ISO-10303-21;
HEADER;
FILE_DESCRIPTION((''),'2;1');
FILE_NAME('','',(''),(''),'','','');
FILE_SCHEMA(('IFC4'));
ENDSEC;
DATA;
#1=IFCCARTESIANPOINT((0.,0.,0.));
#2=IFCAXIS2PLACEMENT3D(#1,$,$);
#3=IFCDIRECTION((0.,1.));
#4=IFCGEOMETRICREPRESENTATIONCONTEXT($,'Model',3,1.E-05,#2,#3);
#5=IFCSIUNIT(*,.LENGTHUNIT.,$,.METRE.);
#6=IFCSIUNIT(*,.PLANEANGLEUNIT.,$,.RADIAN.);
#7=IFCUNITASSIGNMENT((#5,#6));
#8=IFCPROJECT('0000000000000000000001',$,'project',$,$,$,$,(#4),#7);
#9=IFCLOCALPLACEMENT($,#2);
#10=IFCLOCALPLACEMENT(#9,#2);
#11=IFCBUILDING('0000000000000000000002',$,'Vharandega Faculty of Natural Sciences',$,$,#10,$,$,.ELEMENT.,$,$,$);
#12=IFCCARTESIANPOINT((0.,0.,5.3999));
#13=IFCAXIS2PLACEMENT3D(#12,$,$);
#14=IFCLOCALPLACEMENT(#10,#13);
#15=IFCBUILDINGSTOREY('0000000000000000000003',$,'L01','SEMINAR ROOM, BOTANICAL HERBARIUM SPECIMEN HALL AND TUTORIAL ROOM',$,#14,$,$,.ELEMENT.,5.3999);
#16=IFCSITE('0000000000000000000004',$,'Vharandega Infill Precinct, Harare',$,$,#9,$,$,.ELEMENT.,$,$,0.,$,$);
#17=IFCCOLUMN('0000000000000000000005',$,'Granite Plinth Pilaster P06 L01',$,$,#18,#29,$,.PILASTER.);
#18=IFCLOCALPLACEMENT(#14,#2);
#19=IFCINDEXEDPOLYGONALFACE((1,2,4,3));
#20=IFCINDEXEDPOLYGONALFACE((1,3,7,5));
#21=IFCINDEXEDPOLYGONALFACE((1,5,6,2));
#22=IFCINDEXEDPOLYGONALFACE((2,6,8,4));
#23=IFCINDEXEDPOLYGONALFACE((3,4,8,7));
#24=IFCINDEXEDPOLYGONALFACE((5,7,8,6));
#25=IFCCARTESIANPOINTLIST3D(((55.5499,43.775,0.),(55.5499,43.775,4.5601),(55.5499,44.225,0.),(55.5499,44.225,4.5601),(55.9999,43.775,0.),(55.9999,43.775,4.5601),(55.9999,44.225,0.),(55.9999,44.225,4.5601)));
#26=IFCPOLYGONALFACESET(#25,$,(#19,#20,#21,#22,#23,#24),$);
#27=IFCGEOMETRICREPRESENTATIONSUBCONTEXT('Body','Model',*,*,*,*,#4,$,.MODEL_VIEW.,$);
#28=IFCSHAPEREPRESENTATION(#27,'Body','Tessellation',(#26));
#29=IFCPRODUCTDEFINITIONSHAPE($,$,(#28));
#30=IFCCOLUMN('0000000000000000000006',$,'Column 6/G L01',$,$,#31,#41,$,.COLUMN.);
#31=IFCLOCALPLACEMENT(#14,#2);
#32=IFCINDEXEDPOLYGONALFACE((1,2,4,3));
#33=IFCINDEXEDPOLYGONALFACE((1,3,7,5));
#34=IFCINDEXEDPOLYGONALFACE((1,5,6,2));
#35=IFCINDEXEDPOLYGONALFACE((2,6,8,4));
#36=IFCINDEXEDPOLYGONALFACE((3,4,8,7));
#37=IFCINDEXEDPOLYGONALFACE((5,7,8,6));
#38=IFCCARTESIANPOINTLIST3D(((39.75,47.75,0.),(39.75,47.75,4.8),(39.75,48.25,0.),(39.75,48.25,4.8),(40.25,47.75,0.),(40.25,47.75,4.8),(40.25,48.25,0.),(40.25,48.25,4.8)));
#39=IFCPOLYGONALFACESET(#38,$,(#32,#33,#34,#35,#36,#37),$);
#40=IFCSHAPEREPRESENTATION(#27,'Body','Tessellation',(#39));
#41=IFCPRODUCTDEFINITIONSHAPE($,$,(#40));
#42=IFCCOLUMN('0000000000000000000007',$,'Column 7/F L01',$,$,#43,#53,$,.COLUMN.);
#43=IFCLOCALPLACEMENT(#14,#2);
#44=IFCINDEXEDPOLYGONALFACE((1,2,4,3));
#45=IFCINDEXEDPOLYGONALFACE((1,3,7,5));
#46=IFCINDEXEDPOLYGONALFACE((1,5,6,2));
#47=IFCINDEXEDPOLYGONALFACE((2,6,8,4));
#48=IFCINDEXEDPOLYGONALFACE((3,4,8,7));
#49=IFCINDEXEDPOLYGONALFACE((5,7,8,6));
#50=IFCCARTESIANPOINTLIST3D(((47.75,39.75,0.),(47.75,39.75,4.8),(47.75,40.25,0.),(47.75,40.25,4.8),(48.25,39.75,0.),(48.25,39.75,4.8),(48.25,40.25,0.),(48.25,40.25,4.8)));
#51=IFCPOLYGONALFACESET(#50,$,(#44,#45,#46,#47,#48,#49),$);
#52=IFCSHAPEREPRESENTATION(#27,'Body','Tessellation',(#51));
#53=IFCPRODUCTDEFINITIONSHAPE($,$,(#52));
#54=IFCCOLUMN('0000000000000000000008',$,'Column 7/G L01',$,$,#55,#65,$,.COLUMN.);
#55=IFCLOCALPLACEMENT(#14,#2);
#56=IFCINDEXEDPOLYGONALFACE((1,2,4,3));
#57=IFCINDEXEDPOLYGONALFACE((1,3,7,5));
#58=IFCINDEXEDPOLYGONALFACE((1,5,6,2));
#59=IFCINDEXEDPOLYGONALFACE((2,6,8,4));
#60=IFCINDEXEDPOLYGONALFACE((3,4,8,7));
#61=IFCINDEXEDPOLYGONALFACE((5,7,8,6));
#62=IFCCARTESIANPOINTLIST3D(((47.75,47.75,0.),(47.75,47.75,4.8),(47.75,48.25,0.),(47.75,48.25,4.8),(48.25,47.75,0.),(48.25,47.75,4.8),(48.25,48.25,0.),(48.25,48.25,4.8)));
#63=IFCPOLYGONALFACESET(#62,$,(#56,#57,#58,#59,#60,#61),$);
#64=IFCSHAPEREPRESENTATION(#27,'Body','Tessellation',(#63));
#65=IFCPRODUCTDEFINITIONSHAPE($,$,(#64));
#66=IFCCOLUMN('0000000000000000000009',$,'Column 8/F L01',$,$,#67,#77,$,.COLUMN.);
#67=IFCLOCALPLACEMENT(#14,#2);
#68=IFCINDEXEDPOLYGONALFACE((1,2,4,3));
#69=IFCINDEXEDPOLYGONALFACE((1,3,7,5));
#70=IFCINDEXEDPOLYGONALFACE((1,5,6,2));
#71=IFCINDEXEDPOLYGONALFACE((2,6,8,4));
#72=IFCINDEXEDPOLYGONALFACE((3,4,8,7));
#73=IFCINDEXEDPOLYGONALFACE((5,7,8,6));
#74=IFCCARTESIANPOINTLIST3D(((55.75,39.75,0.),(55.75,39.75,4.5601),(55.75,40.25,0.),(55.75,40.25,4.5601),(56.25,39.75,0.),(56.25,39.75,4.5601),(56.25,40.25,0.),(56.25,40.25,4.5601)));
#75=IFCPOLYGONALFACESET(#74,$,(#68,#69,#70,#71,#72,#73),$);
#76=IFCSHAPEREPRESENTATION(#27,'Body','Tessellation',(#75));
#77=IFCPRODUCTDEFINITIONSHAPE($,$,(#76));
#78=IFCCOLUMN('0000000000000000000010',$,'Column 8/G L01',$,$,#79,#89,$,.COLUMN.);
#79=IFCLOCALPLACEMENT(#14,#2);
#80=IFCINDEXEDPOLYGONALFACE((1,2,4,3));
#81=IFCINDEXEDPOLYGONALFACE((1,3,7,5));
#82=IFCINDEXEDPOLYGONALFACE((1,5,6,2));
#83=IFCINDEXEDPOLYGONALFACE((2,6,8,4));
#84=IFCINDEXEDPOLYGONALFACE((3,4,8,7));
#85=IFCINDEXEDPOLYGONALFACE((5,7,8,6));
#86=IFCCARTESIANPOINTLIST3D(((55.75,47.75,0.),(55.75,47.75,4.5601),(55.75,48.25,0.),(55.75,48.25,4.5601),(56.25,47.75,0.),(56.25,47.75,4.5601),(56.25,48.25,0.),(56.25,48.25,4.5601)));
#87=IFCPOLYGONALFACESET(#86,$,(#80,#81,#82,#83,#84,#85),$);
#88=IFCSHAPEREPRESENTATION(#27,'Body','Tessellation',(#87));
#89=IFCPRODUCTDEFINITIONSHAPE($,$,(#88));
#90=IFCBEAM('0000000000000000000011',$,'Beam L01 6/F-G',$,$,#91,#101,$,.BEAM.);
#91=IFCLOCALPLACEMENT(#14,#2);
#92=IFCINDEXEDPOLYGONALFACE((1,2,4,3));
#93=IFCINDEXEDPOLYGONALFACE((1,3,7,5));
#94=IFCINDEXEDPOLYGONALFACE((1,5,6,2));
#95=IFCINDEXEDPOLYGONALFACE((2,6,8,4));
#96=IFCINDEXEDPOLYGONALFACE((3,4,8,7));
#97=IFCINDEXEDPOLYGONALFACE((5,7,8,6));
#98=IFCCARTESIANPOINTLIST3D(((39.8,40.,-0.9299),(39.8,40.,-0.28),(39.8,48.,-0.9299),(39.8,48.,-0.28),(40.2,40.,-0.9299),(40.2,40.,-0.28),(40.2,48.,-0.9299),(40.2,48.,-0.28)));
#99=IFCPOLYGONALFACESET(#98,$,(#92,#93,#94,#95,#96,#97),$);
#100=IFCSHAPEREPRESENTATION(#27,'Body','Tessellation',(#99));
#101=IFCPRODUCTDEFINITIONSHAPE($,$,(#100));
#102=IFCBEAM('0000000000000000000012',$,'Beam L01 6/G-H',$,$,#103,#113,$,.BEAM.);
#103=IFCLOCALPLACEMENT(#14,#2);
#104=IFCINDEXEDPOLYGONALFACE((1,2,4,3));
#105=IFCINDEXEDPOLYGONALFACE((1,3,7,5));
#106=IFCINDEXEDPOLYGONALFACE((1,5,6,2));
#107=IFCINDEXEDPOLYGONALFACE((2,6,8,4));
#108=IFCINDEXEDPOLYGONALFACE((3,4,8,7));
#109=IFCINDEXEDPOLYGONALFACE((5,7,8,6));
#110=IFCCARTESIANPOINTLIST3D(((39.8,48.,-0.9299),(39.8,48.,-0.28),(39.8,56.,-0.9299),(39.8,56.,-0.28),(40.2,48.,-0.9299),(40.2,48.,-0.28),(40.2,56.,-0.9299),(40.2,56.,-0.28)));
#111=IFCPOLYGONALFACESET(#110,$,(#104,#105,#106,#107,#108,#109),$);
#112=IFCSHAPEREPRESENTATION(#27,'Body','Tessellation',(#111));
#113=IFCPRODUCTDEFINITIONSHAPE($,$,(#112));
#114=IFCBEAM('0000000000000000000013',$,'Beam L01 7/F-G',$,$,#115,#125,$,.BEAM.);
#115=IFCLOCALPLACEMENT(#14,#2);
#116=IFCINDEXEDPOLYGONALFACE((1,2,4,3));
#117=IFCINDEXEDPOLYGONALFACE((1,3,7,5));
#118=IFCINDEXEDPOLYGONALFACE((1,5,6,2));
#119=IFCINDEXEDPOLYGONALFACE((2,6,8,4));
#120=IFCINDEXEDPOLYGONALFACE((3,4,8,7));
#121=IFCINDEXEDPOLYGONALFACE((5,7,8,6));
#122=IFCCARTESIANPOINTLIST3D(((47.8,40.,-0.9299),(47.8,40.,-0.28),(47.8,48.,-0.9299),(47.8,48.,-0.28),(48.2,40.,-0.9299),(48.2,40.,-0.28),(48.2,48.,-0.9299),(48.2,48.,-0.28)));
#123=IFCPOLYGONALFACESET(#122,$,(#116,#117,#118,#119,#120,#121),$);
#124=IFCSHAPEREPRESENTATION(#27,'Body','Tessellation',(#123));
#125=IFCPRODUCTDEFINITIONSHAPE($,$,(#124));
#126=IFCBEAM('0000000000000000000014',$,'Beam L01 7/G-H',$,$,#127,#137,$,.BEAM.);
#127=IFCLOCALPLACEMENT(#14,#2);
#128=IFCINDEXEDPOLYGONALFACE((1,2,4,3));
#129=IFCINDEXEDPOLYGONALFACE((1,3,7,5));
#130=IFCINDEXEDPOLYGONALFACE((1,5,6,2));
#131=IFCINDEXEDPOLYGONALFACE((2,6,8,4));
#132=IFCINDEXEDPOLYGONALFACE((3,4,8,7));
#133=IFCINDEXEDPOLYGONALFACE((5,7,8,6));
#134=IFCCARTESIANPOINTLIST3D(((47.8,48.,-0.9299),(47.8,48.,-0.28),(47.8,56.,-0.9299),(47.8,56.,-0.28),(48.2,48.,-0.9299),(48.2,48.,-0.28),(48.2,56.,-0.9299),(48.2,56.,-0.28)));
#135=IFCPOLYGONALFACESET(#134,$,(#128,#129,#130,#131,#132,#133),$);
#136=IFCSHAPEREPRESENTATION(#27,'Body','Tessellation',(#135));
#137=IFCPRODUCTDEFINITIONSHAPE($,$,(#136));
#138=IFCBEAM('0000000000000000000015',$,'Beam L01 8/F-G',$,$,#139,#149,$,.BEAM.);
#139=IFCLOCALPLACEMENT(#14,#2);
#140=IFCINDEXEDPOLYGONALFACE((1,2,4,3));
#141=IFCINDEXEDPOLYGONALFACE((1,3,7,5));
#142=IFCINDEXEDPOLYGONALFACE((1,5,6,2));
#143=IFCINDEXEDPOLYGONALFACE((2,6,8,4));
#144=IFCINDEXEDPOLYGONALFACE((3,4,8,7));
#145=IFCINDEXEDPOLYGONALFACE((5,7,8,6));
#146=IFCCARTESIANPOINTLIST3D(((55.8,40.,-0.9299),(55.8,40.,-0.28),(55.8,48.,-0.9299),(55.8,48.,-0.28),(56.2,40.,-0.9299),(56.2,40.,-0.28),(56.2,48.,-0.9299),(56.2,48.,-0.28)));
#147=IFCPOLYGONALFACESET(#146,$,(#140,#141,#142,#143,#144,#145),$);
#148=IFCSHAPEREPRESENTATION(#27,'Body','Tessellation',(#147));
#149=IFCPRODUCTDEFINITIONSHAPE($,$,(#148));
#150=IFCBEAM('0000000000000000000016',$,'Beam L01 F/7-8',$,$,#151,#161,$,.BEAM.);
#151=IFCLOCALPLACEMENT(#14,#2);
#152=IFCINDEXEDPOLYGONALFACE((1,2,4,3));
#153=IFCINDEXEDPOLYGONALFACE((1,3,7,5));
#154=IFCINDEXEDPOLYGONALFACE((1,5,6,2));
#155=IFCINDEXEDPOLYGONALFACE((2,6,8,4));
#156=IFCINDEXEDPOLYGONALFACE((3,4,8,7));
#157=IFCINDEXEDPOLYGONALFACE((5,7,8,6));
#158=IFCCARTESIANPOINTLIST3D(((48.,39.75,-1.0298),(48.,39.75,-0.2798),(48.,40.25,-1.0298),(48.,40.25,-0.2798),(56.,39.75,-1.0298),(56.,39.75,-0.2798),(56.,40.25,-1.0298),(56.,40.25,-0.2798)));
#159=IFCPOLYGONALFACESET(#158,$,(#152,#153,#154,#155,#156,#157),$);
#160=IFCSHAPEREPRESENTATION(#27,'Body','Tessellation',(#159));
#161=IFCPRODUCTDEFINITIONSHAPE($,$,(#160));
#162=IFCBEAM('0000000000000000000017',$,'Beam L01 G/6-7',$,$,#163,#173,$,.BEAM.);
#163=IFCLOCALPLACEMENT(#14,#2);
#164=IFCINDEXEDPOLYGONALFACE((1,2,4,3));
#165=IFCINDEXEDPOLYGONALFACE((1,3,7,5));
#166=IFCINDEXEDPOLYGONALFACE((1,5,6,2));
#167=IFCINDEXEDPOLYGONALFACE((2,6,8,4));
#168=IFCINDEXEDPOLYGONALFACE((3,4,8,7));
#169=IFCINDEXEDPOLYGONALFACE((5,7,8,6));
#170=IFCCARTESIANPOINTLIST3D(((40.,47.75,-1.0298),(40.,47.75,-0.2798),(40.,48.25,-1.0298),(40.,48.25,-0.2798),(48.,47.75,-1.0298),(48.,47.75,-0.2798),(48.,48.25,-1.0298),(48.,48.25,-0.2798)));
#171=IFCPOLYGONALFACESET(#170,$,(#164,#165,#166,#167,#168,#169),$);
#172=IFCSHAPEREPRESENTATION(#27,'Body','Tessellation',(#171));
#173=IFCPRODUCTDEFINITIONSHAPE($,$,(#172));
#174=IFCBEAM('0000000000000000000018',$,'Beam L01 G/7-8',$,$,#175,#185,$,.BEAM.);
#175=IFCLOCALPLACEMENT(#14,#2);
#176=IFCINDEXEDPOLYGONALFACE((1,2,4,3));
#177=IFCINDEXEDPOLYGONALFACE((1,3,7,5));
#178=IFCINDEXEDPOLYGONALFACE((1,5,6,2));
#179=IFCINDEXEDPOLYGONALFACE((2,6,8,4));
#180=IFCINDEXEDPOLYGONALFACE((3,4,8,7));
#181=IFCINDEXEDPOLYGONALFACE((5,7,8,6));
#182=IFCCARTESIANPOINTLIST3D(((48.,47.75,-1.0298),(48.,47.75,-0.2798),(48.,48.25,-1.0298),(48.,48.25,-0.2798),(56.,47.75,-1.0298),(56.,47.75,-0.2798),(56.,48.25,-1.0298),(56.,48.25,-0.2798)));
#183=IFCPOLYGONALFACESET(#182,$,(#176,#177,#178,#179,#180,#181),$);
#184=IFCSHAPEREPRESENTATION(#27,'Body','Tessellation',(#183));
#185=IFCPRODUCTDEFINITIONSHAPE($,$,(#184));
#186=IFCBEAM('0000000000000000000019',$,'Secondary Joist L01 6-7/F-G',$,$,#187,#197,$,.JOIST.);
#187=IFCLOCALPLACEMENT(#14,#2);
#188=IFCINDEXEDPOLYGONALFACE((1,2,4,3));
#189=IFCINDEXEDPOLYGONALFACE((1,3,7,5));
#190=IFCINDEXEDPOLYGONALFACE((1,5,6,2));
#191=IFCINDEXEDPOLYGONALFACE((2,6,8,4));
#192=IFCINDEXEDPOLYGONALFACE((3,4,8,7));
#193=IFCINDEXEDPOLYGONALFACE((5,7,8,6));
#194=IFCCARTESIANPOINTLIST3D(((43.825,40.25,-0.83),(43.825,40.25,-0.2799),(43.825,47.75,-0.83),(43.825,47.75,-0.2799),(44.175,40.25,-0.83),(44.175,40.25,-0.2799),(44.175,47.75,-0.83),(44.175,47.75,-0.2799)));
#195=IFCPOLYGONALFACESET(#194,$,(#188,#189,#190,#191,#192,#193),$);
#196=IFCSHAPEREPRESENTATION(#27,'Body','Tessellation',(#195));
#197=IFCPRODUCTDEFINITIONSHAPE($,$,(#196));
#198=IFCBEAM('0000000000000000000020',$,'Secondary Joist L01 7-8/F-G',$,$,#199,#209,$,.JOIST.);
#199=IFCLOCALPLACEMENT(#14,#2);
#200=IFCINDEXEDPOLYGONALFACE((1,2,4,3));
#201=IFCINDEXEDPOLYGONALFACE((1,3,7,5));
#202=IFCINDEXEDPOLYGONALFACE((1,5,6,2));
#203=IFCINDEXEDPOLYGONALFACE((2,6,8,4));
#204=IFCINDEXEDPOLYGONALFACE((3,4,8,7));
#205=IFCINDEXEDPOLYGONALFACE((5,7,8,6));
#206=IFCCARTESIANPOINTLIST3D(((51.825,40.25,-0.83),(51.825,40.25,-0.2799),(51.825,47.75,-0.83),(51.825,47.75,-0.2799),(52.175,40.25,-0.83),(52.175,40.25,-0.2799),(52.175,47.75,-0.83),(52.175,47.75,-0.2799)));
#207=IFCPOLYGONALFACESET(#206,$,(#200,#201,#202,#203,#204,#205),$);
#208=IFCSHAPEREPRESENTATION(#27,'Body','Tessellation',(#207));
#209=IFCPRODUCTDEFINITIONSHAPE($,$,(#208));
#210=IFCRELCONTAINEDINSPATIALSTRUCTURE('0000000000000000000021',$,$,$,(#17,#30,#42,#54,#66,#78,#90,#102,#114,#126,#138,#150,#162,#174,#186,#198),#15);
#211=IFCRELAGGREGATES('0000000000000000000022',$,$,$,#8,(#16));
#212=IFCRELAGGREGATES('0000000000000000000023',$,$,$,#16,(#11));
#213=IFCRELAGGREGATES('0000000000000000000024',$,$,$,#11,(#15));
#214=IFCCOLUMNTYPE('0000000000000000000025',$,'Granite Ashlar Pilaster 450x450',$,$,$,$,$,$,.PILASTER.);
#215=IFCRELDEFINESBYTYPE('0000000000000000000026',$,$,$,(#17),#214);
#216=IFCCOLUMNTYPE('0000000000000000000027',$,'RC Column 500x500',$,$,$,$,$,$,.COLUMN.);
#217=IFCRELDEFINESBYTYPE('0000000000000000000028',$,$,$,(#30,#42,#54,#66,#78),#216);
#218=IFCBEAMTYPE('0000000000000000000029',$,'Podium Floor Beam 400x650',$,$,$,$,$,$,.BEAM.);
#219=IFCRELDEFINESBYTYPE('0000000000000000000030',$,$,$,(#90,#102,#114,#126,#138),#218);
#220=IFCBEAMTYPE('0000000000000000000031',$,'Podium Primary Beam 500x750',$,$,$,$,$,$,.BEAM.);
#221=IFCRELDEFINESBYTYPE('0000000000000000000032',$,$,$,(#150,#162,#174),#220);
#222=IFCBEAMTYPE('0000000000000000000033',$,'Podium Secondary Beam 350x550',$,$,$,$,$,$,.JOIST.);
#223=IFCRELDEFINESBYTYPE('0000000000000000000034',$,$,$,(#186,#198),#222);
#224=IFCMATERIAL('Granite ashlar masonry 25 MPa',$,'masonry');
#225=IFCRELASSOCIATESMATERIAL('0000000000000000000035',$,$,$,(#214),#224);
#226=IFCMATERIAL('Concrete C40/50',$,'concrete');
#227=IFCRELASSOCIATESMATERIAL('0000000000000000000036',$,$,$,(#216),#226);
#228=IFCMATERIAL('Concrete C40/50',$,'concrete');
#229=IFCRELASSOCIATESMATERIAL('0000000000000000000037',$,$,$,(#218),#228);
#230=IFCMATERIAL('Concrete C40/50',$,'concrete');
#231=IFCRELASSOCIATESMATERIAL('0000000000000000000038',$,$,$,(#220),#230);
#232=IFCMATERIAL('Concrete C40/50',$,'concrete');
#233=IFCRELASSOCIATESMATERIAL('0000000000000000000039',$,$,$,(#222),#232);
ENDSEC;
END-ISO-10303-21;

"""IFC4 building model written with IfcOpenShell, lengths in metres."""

from ifc_helpers import new_model, si_unit, direction, frame, origin, origin_2d, place, context, subcontext, project, spatial, rectangle, extrude, material, material_profile, profile_set, type_object, element, save


model = new_model("IFC4")

# Units and contexts
model_context = context("Model", 3, precision=1e-05, world=origin(), true_north=direction((0.0, 1.0)))
body_context = subcontext(model_context, "Body", "Model", "MODEL_VIEW")
ifc_project = project(units=[si_unit("LENGTHUNIT", "METRE"), si_unit("PLANEANGLEUNIT", "RADIAN")], contexts=[model_context])

# Site, building, storey
site_placement = place(None, origin())
site = spatial("IfcSite", under=ifc_project, at=site_placement, Name="Vharandega Infill Precinct, Harare", CompositionType="ELEMENT", RefElevation=0.0)
building_placement = place(site_placement, origin())
building = spatial("IfcBuilding", under=site, at=building_placement, Name="Vharandega Faculty of Natural Sciences", CompositionType="ELEMENT")
storey_placement = place(building_placement, frame((0.0, 0.0, 5.3999)))
storey = spatial("IfcBuildingStorey", under=building, at=storey_placement, Name="L01", Description="SEMINAR ROOM, BOTANICAL HERBARIUM SPECIMEN HALL AND TUTORIAL ROOM", CompositionType="ELEMENT", Elevation=5.3999)

# Columns
ifc_material_1 = material(Name="Granite ashlar masonry 25 MPa", Category="masonry")
ifc_material_profile_1 = material_profile(ifc_material_1, rectangle(XDim=0.45, YDim=0.45, at=origin_2d()), Name="RECT 450X450")
ifc_profile_set_1 = profile_set([ifc_material_profile_1], Name="Granite ashlar masonry 25 MPa")
column_type_1 = type_object("IfcColumnType", Name="Granite Ashlar Pilaster 450x450", PredefinedType="PILASTER", material=ifc_profile_set_1)
column_placement = place(storey_placement, frame((55.7749, 44.0, 0.0), z_axis=(0.0, 0.0, 1.0), x_axis=(1.0, 0.0, 0.0)))
element("IfcColumn", 1, at=column_placement, inside=storey, type_object=column_type_1, Name="Granite Plinth Pilaster P06 L01", PredefinedType="PILASTER", context=body_context, shape_type="SweptSolid", body=[
    extrude(rectangle(XDim=0.45, YDim=0.45, at=origin_2d()), origin(), (0.0, 0.0, 1.0), 4.5601),
])
ifc_material_2 = material(Name="Concrete C40/50", Category="concrete")
ifc_material_profile_2 = material_profile(ifc_material_2, rectangle(XDim=0.5, YDim=0.5, at=origin_2d()), Name="RC 500x500")
ifc_profile_set_2 = profile_set([ifc_material_profile_2], Name="Concrete C40/50")
column_type_2 = type_object("IfcColumnType", Name="RC Column 500x500", PredefinedType="COLUMN", material=ifc_profile_set_2)
for number, where, z_axis, x_axis, name in (
    (2, (40.0, 48.0, 0.0), (0.0, 0.0, 1.0), (1.0, 0.0, 0.0), "Column 6/G L01"),
    (3, (48.0, 40.0, 0.0), (0.0, 0.0, 1.0), (1.0, 0.0, 0.0), "Column 7/F L01"),
    (4, (48.0, 48.0, 0.0), (0.0, 0.0, 1.0), (1.0, 0.0, 0.0), "Column 7/G L01"),
):
    element("IfcColumn", number, at=place(storey_placement, frame(where, z_axis=z_axis, x_axis=x_axis)), inside=storey, type_object=column_type_2, Name=name, PredefinedType="COLUMN", context=body_context, shape_type="SweptSolid", body=[
        extrude(rectangle(XDim=0.5, YDim=0.5, at=origin_2d()), origin(), (0.0, 0.0, 1.0), 4.8),
    ])
for number, where, z_axis, x_axis, name in (
    (5, (56.0, 40.0, 0.0), (0.0, 0.0, 1.0), (1.0, 0.0, 0.0), "Column 8/F L01"),
    (6, (56.0, 48.0, 0.0), (0.0, 0.0, 1.0), (1.0, 0.0, 0.0), "Column 8/G L01"),
):
    element("IfcColumn", number, at=place(storey_placement, frame(where, z_axis=z_axis, x_axis=x_axis)), inside=storey, type_object=column_type_2, Name=name, PredefinedType="COLUMN", context=body_context, shape_type="SweptSolid", body=[
        extrude(rectangle(XDim=0.5, YDim=0.5, at=origin_2d()), origin(), (0.0, 0.0, 1.0), 4.5601),
    ])

# Beams
ifc_material_3 = material(Name="Concrete C40/50", Category="concrete")
ifc_material_profile_3 = material_profile(ifc_material_3, rectangle(XDim=0.3999, YDim=0.6499, at=origin_2d()), Name="RC 400x650")
ifc_profile_set_3 = profile_set([ifc_material_profile_3], Name="Concrete C40/50")
beam_type_1 = type_object("IfcBeamType", Name="Podium Floor Beam 400x650", PredefinedType="BEAM", material=ifc_profile_set_3)
for number, where, z_axis, x_axis, name in (
    (7, (40.0, 40.0, -0.605), (0.0, 1.0, 0.0), (-1.0, 0.0, 0.0), "Beam L01 6/F-G"),
    (8, (40.0, 48.0, -0.605), (0.0, 1.0, 0.0), (-1.0, 0.0, 0.0), "Beam L01 6/G-H"),
    (9, (48.0, 40.0, -0.605), (0.0, 1.0, 0.0), (-1.0, 0.0, 0.0), "Beam L01 7/F-G"),
    (10, (48.0, 48.0, -0.605), (0.0, 1.0, 0.0), (-1.0, 0.0, 0.0), "Beam L01 7/G-H"),
    (11, (56.0, 40.0, -0.605), (0.0, 1.0, 0.0), (-1.0, 0.0, 0.0), "Beam L01 8/F-G"),
):
    element("IfcBeam", number, at=place(storey_placement, frame(where, z_axis=z_axis, x_axis=x_axis)), inside=storey, type_object=beam_type_1, Name=name, PredefinedType="BEAM", context=body_context, shape_type="SweptSolid", body=[
        extrude(rectangle(XDim=0.3999, YDim=0.6499, at=origin_2d()), origin(), (0.0, 0.0, 1.0), 8.0),
    ])
ifc_material_4 = material(Name="Concrete C40/50", Category="concrete")
ifc_material_profile_4 = material_profile(ifc_material_4, rectangle(XDim=0.5, YDim=0.75, at=origin_2d()), Name="RC 500x750")
ifc_profile_set_4 = profile_set([ifc_material_profile_4], Name="Concrete C40/50")
beam_type_2 = type_object("IfcBeamType", Name="Podium Primary Beam 500x750", PredefinedType="BEAM", material=ifc_profile_set_4)
for number, where, z_axis, x_axis, name in (
    (12, (48.0, 40.0, -0.6548), (1.0, 0.0, 0.0), (0.0, 1.0, 0.0), "Beam L01 F/7-8"),
    (13, (40.0, 48.0, -0.6548), (1.0, 0.0, 0.0), (0.0, 1.0, 0.0), "Beam L01 G/6-7"),
    (14, (48.0, 48.0, -0.6548), (1.0, 0.0, 0.0), (0.0, 1.0, 0.0), "Beam L01 G/7-8"),
):
    element("IfcBeam", number, at=place(storey_placement, frame(where, z_axis=z_axis, x_axis=x_axis)), inside=storey, type_object=beam_type_2, Name=name, PredefinedType="BEAM", context=body_context, shape_type="SweptSolid", body=[
        extrude(rectangle(XDim=0.5, YDim=0.75, at=origin_2d()), origin(), (0.0, 0.0, 1.0), 8.0),
    ])
ifc_material_5 = material(Name="Concrete C40/50", Category="concrete")
ifc_material_profile_5 = material_profile(ifc_material_5, rectangle(XDim=0.3501, YDim=0.55, at=origin_2d()), Name="RC 350x550")
ifc_profile_set_5 = profile_set([ifc_material_profile_5], Name="Concrete C40/50")
beam_type_3 = type_object("IfcBeamType", Name="Podium Secondary Beam 350x550", PredefinedType="JOIST", material=ifc_profile_set_5)
for number, where, z_axis, x_axis, name in (
    (15, (44.0, 40.25, -0.5549), (0.0, 1.0, 0.0), (-1.0, 0.0, 0.0), "Secondary Joist L01 6-7/F-G"),
    (16, (52.0, 40.25, -0.5549), (0.0, 1.0, 0.0), (-1.0, 0.0, 0.0), "Secondary Joist L01 7-8/F-G"),
):
    element("IfcBeam", number, at=place(storey_placement, frame(where, z_axis=z_axis, x_axis=x_axis)), inside=storey, type_object=beam_type_3, Name=name, PredefinedType="JOIST", context=body_context, shape_type="SweptSolid", body=[
        extrude(rectangle(XDim=0.3501, YDim=0.55, at=origin_2d()), origin(), (0.0, 0.0, 1.0), 7.5),
    ])

save(model, "model.ifc")
